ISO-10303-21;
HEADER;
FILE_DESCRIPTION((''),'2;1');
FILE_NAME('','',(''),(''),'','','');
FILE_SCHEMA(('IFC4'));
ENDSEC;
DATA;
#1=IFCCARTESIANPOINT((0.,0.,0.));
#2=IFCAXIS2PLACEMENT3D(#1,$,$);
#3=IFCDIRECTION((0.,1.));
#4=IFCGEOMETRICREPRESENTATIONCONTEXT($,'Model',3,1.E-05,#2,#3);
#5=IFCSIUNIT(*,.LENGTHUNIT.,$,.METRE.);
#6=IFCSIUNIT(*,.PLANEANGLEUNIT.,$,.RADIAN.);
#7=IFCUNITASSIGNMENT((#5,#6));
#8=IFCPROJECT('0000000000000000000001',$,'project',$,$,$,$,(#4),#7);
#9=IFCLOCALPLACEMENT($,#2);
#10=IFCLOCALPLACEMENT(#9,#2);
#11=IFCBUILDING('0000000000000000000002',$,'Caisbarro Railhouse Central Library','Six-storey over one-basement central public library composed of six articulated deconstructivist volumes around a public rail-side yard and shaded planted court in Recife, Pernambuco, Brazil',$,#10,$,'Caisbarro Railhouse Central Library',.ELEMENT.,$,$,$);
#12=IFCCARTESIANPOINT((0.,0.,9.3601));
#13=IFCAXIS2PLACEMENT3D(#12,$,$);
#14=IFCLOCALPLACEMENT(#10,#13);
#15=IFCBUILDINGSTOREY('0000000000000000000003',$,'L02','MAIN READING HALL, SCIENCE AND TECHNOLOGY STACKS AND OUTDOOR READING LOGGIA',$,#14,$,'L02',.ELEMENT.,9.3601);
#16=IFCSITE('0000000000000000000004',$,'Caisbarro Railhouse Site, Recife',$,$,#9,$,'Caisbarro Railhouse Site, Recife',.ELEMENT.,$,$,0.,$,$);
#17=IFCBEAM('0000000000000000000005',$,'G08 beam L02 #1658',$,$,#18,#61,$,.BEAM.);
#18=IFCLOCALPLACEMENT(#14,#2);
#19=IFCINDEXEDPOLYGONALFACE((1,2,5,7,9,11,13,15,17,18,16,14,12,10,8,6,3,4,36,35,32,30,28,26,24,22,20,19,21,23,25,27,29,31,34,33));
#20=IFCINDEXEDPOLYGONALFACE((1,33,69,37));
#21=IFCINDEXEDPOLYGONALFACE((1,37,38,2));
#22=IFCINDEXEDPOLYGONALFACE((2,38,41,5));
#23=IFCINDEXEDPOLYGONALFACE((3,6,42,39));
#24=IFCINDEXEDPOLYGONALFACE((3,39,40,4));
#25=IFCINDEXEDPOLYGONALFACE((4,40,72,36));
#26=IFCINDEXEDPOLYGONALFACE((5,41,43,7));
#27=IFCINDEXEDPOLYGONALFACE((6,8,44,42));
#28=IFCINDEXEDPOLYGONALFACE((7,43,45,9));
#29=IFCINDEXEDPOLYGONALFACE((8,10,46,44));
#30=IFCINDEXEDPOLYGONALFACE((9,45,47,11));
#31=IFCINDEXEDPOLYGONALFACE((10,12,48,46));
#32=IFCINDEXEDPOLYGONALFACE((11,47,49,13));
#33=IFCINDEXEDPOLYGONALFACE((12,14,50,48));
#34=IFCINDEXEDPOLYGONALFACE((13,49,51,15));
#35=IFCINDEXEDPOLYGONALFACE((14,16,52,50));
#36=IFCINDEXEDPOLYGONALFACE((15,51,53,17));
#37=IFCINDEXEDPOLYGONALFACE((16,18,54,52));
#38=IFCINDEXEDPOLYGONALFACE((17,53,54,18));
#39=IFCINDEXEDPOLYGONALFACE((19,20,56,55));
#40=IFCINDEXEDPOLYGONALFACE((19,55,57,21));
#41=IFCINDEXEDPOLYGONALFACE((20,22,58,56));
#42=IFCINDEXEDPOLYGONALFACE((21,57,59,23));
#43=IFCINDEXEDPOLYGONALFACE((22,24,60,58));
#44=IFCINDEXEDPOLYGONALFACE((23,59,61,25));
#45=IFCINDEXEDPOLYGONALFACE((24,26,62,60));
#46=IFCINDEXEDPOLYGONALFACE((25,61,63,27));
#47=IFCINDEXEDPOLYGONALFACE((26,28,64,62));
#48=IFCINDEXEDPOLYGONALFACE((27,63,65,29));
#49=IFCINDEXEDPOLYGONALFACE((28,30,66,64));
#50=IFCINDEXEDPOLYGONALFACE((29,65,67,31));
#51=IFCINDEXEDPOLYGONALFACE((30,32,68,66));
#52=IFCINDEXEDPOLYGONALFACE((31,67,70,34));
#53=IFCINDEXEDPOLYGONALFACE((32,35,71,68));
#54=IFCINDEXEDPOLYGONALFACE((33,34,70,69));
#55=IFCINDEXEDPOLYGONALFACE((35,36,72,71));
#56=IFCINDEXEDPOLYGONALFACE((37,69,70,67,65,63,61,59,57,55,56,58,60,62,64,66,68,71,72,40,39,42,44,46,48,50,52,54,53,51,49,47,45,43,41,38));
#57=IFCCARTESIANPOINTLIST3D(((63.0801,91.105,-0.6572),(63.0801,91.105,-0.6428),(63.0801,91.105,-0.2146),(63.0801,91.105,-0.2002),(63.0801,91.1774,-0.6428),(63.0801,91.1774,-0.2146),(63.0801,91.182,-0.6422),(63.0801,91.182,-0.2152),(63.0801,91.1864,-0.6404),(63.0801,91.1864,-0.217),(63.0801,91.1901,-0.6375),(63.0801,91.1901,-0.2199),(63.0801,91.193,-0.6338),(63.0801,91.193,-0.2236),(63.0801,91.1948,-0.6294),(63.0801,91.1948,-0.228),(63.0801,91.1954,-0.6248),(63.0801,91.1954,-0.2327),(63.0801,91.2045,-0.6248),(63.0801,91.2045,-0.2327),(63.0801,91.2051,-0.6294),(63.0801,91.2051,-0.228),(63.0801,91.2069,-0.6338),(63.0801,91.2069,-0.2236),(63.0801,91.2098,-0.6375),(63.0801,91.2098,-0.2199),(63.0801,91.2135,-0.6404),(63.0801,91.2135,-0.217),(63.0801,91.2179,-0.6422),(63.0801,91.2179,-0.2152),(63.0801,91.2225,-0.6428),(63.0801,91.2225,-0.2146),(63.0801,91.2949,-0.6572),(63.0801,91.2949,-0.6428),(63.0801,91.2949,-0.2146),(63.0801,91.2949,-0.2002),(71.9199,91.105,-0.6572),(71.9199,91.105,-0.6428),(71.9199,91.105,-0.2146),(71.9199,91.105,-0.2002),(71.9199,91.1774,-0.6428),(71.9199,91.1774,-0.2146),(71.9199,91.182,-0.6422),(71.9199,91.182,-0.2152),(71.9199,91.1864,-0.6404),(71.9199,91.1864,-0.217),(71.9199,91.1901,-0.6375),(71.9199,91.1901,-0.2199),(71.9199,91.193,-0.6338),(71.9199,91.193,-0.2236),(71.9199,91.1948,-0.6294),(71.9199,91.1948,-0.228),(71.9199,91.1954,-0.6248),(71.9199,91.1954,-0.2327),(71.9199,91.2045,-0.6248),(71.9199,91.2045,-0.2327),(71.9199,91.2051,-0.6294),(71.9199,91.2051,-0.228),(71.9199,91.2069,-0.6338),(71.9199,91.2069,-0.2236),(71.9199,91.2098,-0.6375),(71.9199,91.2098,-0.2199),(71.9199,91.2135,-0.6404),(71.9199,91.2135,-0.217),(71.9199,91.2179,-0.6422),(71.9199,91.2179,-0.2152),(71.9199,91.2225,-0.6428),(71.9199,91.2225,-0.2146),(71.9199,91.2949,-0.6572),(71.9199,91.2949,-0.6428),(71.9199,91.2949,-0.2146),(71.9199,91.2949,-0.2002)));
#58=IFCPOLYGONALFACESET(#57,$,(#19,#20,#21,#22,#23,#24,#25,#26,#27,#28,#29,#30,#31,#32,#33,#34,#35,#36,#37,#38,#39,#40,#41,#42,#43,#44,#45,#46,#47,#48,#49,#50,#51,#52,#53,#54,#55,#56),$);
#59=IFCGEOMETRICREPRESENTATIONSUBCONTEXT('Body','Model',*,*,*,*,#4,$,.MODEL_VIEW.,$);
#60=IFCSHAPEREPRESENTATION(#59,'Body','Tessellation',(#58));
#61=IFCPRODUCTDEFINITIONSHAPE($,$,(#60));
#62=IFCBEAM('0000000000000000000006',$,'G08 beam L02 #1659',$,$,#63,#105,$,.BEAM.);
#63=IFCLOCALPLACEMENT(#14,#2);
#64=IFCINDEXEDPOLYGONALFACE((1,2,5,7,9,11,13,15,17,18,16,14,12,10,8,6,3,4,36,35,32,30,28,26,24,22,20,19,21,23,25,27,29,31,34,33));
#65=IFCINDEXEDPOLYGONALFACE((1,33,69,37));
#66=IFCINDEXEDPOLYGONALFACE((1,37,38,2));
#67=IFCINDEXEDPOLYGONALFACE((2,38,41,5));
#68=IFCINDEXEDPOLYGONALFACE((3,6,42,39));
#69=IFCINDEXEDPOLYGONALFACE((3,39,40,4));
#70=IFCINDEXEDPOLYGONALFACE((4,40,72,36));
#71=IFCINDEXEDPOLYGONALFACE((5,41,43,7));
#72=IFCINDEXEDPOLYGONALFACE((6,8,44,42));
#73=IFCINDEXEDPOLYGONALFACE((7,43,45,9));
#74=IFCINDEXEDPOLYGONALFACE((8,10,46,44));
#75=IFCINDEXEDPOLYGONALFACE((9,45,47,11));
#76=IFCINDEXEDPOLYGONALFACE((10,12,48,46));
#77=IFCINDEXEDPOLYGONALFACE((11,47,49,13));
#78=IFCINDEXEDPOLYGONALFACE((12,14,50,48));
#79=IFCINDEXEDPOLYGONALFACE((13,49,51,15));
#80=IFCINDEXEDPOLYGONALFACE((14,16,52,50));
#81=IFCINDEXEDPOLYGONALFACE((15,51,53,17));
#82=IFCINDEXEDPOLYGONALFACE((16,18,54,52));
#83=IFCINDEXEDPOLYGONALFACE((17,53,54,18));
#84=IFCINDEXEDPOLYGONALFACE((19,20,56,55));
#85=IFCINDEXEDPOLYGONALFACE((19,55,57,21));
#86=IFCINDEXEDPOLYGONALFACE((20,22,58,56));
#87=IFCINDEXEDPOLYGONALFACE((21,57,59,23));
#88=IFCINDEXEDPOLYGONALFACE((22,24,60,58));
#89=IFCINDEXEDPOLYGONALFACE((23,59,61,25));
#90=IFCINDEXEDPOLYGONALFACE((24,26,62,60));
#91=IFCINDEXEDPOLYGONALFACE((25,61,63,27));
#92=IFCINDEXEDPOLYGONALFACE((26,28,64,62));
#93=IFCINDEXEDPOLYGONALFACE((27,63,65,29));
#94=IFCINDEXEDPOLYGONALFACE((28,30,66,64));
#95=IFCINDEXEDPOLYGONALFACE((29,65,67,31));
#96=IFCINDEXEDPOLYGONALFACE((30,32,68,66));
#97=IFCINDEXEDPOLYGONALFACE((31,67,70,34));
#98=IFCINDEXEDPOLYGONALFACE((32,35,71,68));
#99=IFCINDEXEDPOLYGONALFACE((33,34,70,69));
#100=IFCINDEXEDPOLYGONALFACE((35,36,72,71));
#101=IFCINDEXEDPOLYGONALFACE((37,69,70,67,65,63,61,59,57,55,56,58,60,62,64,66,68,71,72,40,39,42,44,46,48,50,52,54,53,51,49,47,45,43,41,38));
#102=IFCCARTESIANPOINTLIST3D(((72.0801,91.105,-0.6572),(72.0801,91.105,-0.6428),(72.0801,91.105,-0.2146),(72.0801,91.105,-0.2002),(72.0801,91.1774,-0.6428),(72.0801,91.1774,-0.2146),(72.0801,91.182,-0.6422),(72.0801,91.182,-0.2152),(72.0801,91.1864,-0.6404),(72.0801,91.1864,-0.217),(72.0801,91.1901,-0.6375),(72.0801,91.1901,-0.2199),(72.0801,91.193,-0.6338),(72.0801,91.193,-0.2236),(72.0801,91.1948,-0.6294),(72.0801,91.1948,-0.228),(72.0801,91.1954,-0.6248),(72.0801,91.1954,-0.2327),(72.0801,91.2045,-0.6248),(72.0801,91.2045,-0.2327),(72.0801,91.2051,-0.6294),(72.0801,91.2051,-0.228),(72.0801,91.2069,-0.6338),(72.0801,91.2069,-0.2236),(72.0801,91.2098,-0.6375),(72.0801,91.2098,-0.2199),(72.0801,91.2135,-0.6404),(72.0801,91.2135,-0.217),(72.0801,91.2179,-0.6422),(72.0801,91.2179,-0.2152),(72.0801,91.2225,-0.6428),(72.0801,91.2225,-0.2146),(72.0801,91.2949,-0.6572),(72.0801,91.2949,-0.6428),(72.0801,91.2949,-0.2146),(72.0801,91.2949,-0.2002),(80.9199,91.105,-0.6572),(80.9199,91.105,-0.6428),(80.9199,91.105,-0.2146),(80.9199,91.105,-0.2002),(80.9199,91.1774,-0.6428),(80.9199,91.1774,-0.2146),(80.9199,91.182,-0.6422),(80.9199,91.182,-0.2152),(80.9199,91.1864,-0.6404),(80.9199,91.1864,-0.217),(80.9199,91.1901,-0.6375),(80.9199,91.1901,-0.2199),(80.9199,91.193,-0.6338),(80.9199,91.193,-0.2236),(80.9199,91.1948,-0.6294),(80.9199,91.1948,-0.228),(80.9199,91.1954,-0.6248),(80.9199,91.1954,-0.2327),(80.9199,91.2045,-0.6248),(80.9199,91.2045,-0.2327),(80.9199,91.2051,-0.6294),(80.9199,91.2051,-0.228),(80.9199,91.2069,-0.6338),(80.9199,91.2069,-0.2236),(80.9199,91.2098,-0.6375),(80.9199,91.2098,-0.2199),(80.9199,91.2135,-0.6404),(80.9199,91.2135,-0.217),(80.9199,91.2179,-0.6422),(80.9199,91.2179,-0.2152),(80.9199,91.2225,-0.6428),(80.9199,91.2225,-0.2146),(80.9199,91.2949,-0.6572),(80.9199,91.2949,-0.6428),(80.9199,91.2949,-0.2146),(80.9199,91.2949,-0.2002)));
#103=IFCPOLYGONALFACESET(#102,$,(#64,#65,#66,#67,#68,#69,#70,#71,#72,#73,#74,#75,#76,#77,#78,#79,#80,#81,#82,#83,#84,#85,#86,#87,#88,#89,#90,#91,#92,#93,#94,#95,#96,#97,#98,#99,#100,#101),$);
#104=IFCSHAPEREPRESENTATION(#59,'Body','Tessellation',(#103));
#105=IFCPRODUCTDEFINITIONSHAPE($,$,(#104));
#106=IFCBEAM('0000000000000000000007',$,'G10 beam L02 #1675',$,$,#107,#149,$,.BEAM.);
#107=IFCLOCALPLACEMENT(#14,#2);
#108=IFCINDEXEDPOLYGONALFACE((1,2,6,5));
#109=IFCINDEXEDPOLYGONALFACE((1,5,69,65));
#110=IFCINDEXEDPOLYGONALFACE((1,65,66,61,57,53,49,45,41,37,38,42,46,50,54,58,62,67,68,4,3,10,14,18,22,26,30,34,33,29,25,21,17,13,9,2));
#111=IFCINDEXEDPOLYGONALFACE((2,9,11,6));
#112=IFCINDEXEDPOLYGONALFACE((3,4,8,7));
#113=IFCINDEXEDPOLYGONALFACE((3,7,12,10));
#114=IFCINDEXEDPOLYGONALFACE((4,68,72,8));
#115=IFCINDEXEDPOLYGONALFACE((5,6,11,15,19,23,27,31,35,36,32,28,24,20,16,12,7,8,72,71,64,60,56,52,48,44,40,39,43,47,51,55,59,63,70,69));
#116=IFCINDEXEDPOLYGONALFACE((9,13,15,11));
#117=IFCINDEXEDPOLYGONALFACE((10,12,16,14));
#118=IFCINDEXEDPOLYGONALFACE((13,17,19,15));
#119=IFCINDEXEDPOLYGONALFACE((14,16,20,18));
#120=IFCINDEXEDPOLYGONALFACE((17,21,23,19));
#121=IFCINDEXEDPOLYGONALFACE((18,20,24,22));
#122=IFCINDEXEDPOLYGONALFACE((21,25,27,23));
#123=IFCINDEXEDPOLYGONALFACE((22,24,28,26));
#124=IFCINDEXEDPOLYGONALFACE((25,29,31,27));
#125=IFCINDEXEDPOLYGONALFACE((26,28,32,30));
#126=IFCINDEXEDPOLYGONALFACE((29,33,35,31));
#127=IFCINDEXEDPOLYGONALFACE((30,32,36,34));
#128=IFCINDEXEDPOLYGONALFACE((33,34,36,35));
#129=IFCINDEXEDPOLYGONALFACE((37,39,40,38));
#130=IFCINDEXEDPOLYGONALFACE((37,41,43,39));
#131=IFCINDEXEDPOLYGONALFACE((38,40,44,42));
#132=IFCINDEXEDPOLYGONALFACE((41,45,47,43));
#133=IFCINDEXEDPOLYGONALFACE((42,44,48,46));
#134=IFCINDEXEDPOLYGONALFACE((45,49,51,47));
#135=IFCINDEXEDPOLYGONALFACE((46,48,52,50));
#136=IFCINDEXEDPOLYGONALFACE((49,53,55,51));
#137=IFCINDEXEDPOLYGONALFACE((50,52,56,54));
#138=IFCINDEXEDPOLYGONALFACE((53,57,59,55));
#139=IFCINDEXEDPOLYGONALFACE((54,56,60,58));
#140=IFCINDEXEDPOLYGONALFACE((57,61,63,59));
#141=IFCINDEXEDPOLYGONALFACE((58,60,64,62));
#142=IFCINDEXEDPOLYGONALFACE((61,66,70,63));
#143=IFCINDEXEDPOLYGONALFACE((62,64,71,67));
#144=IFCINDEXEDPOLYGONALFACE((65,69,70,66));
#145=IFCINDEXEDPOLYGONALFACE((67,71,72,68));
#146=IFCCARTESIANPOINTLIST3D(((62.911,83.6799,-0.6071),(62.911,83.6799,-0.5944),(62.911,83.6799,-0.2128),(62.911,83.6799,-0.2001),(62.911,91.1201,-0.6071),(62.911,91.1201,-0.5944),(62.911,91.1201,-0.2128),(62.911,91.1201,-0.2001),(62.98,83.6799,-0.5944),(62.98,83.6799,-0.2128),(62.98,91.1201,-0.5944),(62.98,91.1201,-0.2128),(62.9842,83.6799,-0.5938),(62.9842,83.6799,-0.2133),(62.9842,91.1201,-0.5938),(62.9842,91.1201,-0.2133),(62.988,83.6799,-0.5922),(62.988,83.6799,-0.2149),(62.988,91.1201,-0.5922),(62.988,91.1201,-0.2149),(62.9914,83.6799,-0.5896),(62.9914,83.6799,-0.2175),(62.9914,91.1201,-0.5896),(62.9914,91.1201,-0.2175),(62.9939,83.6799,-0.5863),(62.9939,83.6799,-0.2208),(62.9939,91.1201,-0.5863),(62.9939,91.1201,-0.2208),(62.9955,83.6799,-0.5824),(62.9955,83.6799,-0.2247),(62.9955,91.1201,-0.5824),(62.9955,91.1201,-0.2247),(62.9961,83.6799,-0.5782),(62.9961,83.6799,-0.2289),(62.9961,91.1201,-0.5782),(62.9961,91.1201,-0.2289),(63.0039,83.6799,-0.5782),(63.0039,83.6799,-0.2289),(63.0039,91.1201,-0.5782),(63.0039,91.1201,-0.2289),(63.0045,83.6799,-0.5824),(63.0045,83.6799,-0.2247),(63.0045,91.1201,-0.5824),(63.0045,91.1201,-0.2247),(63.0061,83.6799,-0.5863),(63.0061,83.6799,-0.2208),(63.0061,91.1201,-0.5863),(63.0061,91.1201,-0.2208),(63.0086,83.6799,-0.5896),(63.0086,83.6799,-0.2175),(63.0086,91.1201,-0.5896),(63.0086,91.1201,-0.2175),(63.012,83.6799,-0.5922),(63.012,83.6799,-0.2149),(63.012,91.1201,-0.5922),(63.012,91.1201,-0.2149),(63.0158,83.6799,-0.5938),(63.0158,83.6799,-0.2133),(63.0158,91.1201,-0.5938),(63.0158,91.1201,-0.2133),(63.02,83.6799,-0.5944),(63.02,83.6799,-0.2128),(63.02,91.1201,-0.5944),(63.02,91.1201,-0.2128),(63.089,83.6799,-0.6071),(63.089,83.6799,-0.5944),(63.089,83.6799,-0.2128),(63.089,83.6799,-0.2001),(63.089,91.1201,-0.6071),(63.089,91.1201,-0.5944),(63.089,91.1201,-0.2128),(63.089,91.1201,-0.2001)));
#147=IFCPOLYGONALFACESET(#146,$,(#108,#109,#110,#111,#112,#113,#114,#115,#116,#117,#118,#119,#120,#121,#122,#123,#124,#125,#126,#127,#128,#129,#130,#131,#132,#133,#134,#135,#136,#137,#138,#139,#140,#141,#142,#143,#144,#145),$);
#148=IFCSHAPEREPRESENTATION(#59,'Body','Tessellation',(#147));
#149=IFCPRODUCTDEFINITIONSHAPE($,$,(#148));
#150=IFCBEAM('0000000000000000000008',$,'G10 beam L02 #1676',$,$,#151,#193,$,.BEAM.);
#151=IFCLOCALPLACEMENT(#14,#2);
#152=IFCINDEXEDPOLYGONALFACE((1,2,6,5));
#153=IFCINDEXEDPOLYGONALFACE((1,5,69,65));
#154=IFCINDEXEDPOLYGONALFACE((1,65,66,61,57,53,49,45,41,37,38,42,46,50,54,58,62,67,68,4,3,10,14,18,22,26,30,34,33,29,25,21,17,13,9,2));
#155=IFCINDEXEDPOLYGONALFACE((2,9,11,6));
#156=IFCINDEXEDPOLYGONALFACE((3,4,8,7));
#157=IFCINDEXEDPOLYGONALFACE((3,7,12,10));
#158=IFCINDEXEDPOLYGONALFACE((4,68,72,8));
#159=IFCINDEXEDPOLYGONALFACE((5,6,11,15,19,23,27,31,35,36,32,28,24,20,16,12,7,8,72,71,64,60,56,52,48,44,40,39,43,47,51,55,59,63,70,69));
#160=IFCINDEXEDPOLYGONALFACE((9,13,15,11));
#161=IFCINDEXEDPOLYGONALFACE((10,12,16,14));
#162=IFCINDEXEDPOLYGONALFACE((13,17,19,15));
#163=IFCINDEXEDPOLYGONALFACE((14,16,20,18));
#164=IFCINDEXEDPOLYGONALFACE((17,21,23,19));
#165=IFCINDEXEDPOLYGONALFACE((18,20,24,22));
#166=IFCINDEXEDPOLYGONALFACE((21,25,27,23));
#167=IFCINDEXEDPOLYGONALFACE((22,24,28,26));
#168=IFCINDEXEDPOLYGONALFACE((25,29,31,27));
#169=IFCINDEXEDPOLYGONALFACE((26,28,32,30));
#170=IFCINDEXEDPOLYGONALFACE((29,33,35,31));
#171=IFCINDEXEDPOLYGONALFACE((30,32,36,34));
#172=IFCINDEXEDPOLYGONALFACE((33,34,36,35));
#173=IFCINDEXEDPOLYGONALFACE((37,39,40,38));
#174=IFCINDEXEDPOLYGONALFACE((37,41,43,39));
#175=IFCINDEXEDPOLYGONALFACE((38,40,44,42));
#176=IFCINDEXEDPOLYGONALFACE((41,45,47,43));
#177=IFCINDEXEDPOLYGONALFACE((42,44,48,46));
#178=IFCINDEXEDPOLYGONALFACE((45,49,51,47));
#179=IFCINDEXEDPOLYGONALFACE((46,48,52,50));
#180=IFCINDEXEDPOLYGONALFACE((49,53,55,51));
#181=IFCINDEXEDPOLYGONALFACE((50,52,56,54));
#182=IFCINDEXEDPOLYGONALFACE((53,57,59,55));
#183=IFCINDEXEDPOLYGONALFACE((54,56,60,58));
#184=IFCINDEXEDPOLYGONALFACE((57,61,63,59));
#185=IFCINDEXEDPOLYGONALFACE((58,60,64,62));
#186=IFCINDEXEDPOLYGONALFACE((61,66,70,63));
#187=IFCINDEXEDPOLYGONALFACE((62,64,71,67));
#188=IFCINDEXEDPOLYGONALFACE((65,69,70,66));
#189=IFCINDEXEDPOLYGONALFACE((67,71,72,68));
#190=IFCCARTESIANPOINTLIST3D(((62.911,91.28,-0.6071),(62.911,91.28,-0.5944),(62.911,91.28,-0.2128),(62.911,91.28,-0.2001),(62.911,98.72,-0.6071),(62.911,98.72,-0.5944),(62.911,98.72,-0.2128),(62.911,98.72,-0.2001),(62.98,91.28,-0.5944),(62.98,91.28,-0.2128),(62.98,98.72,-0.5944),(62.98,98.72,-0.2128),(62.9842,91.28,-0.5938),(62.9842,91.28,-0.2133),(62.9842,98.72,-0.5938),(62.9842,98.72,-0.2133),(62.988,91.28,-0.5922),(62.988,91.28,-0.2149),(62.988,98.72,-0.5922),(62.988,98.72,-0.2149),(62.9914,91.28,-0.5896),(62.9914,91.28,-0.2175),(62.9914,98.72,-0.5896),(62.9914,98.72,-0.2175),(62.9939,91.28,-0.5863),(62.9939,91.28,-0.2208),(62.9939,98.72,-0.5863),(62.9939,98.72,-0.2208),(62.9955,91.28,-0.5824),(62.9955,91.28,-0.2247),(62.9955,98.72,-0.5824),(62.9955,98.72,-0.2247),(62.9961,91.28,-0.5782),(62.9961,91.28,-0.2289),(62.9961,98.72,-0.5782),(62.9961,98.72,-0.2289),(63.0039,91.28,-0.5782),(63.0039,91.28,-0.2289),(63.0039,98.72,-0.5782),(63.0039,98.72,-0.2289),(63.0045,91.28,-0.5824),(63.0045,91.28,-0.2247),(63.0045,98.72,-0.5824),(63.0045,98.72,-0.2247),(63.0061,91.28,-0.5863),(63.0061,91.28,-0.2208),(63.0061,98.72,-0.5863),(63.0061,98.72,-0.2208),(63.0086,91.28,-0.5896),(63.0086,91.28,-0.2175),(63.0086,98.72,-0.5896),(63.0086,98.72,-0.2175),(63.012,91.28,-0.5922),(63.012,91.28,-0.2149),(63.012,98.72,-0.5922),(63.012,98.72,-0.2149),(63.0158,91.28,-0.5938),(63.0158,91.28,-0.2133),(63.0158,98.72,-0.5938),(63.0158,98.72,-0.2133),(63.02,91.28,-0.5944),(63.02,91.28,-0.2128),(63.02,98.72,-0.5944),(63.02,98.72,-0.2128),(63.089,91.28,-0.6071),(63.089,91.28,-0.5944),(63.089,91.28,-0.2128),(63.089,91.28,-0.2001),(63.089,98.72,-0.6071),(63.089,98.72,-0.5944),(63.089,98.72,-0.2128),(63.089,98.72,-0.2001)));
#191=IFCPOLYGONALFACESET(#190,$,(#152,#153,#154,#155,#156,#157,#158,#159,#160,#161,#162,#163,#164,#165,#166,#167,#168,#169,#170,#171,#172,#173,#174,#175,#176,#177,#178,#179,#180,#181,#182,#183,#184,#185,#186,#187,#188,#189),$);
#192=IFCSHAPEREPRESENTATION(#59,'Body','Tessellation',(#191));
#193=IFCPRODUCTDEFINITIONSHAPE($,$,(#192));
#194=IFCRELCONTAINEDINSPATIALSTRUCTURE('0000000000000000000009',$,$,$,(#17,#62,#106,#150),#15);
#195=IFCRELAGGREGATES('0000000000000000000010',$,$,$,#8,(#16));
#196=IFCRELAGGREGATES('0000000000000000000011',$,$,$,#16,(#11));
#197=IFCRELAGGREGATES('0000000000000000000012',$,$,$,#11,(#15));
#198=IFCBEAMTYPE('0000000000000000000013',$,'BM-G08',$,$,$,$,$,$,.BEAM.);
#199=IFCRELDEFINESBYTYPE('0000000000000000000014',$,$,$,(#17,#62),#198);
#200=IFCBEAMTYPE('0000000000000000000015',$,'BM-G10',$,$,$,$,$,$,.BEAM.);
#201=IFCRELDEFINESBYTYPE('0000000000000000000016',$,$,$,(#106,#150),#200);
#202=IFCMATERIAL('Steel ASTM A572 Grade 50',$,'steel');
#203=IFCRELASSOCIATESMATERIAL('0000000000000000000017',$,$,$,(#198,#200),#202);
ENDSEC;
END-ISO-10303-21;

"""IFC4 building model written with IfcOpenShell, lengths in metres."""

from ifc_helpers import new_model, si_unit, direction, frame, origin, origin_2d, place, context, subcontext, project, spatial, i_section, extrude, material, material_profile, profile_set, type_object, element, save


model = new_model("IFC4")

# Units and contexts
model_context = context("Model", 3, precision=1e-05, world=origin(), true_north=direction((0.0, 1.0)))
body_context = subcontext(model_context, "Body", "Model", "MODEL_VIEW")
ifc_project = project(units=[si_unit("LENGTHUNIT", "METRE"), si_unit("PLANEANGLEUNIT", "RADIAN")], contexts=[model_context])

# Site, building, storey
site_placement = place(None, origin())
site = spatial("IfcSite", under=ifc_project, at=site_placement, Name="Caisbarro Railhouse Site, Recife", LongName="Caisbarro Railhouse Site, Recife", CompositionType="ELEMENT", RefElevation=0.0)
building_placement = place(site_placement, origin())
building = spatial("IfcBuilding", under=site, at=building_placement, Name="Caisbarro Railhouse Central Library", Description="Six-storey over one-basement central public library composed of six articulated deconstructivist volumes around a public rail-side yard and shaded planted court in Recife, Pernambuco, Brazil", LongName="Caisbarro Railhouse Central Library", CompositionType="ELEMENT")
storey_placement = place(building_placement, frame((0.0, 0.0, 9.3601)))
storey = spatial("IfcBuildingStorey", under=building, at=storey_placement, Name="L02", Description="MAIN READING HALL, SCIENCE AND TECHNOLOGY STACKS AND OUTDOOR READING LOGGIA", LongName="L02", CompositionType="ELEMENT", Elevation=9.3601)

# Shared definitions
ifc_material_1 = material(Name="Steel ASTM A572 Grade 50", Category="steel")

# Beams
ifc_material_profile_1 = material_profile(ifc_material_1, i_section(OverallWidth=0.1899, OverallDepth=0.457, WebThickness=0.009, FlangeThickness=0.0144, FilletRadius=0.0181, at=origin_2d()), Name="W460X74.0")
ifc_profile_set_1 = profile_set([ifc_material_profile_1], Name="Steel ASTM A572 Grade 50")
beam_type_1 = type_object("IfcBeamType", Name="BM-G08", PredefinedType="BEAM", material=ifc_profile_set_1)
for number, where, z_axis, x_axis, name in (
    (1, (63.0801, 91.2, -0.4287), (1.0, 0.0, 0.0), (0.0, 1.0, 0.0), "G08 beam L02 #1658"),
    (2, (72.0801, 91.2, -0.4287), (1.0, 0.0, 0.0), (0.0, 1.0, 0.0), "G08 beam L02 #1659"),
):
    element("IfcBeam", number, at=place(storey_placement, frame(where, z_axis=z_axis, x_axis=x_axis)), inside=storey, type_object=beam_type_1, Name=name, PredefinedType="BEAM", context=body_context, shape_type="SweptSolid", body=[
        extrude(i_section(OverallWidth=0.1899, OverallDepth=0.457, WebThickness=0.009, FlangeThickness=0.0144, FilletRadius=0.0181, at=origin_2d()), origin(), (0.0, 0.0, 1.0), 8.8398),
    ])
ifc_material_profile_2 = material_profile(ifc_material_1, i_section(OverallWidth=0.178, OverallDepth=0.407, WebThickness=0.0078, FlangeThickness=0.0127, FilletRadius=0.0161, at=origin_2d()), Name="W410X60.0")
ifc_profile_set_2 = profile_set([ifc_material_profile_2], Name="Steel ASTM A572 Grade 50")
beam_type_2 = type_object("IfcBeamType", Name="BM-G10", PredefinedType="BEAM", material=ifc_profile_set_2)
beam_1_placement = place(storey_placement, frame((63.0, 83.6799, -0.4036), z_axis=(0.0, 1.0, 0.0), x_axis=(-1.0, 0.0, 0.0)))
element("IfcBeam", 3, at=beam_1_placement, inside=storey, type_object=beam_type_2, Name="G10 beam L02 #1675", PredefinedType="BEAM", context=body_context, shape_type="SweptSolid", body=[
    extrude(i_section(OverallWidth=0.178, OverallDepth=0.407, WebThickness=0.0078, FlangeThickness=0.0127, FilletRadius=0.0161, at=origin_2d()), origin(), (0.0, 0.0, 1.0), 7.4402),
])
beam_2_placement = place(storey_placement, frame((63.0, 91.28, -0.4036), z_axis=(0.0, 1.0, 0.0), x_axis=(-1.0, 0.0, 0.0)))
element("IfcBeam", 4, at=beam_2_placement, inside=storey, type_object=beam_type_2, Name="G10 beam L02 #1676", PredefinedType="BEAM", context=body_context, shape_type="SweptSolid", body=[
    extrude(i_section(OverallWidth=0.178, OverallDepth=0.407, WebThickness=0.0078, FlangeThickness=0.0127, FilletRadius=0.0161, at=origin_2d()), origin(), (0.0, 0.0, 1.0), 7.4399),
])

save(model, "model.ifc")
